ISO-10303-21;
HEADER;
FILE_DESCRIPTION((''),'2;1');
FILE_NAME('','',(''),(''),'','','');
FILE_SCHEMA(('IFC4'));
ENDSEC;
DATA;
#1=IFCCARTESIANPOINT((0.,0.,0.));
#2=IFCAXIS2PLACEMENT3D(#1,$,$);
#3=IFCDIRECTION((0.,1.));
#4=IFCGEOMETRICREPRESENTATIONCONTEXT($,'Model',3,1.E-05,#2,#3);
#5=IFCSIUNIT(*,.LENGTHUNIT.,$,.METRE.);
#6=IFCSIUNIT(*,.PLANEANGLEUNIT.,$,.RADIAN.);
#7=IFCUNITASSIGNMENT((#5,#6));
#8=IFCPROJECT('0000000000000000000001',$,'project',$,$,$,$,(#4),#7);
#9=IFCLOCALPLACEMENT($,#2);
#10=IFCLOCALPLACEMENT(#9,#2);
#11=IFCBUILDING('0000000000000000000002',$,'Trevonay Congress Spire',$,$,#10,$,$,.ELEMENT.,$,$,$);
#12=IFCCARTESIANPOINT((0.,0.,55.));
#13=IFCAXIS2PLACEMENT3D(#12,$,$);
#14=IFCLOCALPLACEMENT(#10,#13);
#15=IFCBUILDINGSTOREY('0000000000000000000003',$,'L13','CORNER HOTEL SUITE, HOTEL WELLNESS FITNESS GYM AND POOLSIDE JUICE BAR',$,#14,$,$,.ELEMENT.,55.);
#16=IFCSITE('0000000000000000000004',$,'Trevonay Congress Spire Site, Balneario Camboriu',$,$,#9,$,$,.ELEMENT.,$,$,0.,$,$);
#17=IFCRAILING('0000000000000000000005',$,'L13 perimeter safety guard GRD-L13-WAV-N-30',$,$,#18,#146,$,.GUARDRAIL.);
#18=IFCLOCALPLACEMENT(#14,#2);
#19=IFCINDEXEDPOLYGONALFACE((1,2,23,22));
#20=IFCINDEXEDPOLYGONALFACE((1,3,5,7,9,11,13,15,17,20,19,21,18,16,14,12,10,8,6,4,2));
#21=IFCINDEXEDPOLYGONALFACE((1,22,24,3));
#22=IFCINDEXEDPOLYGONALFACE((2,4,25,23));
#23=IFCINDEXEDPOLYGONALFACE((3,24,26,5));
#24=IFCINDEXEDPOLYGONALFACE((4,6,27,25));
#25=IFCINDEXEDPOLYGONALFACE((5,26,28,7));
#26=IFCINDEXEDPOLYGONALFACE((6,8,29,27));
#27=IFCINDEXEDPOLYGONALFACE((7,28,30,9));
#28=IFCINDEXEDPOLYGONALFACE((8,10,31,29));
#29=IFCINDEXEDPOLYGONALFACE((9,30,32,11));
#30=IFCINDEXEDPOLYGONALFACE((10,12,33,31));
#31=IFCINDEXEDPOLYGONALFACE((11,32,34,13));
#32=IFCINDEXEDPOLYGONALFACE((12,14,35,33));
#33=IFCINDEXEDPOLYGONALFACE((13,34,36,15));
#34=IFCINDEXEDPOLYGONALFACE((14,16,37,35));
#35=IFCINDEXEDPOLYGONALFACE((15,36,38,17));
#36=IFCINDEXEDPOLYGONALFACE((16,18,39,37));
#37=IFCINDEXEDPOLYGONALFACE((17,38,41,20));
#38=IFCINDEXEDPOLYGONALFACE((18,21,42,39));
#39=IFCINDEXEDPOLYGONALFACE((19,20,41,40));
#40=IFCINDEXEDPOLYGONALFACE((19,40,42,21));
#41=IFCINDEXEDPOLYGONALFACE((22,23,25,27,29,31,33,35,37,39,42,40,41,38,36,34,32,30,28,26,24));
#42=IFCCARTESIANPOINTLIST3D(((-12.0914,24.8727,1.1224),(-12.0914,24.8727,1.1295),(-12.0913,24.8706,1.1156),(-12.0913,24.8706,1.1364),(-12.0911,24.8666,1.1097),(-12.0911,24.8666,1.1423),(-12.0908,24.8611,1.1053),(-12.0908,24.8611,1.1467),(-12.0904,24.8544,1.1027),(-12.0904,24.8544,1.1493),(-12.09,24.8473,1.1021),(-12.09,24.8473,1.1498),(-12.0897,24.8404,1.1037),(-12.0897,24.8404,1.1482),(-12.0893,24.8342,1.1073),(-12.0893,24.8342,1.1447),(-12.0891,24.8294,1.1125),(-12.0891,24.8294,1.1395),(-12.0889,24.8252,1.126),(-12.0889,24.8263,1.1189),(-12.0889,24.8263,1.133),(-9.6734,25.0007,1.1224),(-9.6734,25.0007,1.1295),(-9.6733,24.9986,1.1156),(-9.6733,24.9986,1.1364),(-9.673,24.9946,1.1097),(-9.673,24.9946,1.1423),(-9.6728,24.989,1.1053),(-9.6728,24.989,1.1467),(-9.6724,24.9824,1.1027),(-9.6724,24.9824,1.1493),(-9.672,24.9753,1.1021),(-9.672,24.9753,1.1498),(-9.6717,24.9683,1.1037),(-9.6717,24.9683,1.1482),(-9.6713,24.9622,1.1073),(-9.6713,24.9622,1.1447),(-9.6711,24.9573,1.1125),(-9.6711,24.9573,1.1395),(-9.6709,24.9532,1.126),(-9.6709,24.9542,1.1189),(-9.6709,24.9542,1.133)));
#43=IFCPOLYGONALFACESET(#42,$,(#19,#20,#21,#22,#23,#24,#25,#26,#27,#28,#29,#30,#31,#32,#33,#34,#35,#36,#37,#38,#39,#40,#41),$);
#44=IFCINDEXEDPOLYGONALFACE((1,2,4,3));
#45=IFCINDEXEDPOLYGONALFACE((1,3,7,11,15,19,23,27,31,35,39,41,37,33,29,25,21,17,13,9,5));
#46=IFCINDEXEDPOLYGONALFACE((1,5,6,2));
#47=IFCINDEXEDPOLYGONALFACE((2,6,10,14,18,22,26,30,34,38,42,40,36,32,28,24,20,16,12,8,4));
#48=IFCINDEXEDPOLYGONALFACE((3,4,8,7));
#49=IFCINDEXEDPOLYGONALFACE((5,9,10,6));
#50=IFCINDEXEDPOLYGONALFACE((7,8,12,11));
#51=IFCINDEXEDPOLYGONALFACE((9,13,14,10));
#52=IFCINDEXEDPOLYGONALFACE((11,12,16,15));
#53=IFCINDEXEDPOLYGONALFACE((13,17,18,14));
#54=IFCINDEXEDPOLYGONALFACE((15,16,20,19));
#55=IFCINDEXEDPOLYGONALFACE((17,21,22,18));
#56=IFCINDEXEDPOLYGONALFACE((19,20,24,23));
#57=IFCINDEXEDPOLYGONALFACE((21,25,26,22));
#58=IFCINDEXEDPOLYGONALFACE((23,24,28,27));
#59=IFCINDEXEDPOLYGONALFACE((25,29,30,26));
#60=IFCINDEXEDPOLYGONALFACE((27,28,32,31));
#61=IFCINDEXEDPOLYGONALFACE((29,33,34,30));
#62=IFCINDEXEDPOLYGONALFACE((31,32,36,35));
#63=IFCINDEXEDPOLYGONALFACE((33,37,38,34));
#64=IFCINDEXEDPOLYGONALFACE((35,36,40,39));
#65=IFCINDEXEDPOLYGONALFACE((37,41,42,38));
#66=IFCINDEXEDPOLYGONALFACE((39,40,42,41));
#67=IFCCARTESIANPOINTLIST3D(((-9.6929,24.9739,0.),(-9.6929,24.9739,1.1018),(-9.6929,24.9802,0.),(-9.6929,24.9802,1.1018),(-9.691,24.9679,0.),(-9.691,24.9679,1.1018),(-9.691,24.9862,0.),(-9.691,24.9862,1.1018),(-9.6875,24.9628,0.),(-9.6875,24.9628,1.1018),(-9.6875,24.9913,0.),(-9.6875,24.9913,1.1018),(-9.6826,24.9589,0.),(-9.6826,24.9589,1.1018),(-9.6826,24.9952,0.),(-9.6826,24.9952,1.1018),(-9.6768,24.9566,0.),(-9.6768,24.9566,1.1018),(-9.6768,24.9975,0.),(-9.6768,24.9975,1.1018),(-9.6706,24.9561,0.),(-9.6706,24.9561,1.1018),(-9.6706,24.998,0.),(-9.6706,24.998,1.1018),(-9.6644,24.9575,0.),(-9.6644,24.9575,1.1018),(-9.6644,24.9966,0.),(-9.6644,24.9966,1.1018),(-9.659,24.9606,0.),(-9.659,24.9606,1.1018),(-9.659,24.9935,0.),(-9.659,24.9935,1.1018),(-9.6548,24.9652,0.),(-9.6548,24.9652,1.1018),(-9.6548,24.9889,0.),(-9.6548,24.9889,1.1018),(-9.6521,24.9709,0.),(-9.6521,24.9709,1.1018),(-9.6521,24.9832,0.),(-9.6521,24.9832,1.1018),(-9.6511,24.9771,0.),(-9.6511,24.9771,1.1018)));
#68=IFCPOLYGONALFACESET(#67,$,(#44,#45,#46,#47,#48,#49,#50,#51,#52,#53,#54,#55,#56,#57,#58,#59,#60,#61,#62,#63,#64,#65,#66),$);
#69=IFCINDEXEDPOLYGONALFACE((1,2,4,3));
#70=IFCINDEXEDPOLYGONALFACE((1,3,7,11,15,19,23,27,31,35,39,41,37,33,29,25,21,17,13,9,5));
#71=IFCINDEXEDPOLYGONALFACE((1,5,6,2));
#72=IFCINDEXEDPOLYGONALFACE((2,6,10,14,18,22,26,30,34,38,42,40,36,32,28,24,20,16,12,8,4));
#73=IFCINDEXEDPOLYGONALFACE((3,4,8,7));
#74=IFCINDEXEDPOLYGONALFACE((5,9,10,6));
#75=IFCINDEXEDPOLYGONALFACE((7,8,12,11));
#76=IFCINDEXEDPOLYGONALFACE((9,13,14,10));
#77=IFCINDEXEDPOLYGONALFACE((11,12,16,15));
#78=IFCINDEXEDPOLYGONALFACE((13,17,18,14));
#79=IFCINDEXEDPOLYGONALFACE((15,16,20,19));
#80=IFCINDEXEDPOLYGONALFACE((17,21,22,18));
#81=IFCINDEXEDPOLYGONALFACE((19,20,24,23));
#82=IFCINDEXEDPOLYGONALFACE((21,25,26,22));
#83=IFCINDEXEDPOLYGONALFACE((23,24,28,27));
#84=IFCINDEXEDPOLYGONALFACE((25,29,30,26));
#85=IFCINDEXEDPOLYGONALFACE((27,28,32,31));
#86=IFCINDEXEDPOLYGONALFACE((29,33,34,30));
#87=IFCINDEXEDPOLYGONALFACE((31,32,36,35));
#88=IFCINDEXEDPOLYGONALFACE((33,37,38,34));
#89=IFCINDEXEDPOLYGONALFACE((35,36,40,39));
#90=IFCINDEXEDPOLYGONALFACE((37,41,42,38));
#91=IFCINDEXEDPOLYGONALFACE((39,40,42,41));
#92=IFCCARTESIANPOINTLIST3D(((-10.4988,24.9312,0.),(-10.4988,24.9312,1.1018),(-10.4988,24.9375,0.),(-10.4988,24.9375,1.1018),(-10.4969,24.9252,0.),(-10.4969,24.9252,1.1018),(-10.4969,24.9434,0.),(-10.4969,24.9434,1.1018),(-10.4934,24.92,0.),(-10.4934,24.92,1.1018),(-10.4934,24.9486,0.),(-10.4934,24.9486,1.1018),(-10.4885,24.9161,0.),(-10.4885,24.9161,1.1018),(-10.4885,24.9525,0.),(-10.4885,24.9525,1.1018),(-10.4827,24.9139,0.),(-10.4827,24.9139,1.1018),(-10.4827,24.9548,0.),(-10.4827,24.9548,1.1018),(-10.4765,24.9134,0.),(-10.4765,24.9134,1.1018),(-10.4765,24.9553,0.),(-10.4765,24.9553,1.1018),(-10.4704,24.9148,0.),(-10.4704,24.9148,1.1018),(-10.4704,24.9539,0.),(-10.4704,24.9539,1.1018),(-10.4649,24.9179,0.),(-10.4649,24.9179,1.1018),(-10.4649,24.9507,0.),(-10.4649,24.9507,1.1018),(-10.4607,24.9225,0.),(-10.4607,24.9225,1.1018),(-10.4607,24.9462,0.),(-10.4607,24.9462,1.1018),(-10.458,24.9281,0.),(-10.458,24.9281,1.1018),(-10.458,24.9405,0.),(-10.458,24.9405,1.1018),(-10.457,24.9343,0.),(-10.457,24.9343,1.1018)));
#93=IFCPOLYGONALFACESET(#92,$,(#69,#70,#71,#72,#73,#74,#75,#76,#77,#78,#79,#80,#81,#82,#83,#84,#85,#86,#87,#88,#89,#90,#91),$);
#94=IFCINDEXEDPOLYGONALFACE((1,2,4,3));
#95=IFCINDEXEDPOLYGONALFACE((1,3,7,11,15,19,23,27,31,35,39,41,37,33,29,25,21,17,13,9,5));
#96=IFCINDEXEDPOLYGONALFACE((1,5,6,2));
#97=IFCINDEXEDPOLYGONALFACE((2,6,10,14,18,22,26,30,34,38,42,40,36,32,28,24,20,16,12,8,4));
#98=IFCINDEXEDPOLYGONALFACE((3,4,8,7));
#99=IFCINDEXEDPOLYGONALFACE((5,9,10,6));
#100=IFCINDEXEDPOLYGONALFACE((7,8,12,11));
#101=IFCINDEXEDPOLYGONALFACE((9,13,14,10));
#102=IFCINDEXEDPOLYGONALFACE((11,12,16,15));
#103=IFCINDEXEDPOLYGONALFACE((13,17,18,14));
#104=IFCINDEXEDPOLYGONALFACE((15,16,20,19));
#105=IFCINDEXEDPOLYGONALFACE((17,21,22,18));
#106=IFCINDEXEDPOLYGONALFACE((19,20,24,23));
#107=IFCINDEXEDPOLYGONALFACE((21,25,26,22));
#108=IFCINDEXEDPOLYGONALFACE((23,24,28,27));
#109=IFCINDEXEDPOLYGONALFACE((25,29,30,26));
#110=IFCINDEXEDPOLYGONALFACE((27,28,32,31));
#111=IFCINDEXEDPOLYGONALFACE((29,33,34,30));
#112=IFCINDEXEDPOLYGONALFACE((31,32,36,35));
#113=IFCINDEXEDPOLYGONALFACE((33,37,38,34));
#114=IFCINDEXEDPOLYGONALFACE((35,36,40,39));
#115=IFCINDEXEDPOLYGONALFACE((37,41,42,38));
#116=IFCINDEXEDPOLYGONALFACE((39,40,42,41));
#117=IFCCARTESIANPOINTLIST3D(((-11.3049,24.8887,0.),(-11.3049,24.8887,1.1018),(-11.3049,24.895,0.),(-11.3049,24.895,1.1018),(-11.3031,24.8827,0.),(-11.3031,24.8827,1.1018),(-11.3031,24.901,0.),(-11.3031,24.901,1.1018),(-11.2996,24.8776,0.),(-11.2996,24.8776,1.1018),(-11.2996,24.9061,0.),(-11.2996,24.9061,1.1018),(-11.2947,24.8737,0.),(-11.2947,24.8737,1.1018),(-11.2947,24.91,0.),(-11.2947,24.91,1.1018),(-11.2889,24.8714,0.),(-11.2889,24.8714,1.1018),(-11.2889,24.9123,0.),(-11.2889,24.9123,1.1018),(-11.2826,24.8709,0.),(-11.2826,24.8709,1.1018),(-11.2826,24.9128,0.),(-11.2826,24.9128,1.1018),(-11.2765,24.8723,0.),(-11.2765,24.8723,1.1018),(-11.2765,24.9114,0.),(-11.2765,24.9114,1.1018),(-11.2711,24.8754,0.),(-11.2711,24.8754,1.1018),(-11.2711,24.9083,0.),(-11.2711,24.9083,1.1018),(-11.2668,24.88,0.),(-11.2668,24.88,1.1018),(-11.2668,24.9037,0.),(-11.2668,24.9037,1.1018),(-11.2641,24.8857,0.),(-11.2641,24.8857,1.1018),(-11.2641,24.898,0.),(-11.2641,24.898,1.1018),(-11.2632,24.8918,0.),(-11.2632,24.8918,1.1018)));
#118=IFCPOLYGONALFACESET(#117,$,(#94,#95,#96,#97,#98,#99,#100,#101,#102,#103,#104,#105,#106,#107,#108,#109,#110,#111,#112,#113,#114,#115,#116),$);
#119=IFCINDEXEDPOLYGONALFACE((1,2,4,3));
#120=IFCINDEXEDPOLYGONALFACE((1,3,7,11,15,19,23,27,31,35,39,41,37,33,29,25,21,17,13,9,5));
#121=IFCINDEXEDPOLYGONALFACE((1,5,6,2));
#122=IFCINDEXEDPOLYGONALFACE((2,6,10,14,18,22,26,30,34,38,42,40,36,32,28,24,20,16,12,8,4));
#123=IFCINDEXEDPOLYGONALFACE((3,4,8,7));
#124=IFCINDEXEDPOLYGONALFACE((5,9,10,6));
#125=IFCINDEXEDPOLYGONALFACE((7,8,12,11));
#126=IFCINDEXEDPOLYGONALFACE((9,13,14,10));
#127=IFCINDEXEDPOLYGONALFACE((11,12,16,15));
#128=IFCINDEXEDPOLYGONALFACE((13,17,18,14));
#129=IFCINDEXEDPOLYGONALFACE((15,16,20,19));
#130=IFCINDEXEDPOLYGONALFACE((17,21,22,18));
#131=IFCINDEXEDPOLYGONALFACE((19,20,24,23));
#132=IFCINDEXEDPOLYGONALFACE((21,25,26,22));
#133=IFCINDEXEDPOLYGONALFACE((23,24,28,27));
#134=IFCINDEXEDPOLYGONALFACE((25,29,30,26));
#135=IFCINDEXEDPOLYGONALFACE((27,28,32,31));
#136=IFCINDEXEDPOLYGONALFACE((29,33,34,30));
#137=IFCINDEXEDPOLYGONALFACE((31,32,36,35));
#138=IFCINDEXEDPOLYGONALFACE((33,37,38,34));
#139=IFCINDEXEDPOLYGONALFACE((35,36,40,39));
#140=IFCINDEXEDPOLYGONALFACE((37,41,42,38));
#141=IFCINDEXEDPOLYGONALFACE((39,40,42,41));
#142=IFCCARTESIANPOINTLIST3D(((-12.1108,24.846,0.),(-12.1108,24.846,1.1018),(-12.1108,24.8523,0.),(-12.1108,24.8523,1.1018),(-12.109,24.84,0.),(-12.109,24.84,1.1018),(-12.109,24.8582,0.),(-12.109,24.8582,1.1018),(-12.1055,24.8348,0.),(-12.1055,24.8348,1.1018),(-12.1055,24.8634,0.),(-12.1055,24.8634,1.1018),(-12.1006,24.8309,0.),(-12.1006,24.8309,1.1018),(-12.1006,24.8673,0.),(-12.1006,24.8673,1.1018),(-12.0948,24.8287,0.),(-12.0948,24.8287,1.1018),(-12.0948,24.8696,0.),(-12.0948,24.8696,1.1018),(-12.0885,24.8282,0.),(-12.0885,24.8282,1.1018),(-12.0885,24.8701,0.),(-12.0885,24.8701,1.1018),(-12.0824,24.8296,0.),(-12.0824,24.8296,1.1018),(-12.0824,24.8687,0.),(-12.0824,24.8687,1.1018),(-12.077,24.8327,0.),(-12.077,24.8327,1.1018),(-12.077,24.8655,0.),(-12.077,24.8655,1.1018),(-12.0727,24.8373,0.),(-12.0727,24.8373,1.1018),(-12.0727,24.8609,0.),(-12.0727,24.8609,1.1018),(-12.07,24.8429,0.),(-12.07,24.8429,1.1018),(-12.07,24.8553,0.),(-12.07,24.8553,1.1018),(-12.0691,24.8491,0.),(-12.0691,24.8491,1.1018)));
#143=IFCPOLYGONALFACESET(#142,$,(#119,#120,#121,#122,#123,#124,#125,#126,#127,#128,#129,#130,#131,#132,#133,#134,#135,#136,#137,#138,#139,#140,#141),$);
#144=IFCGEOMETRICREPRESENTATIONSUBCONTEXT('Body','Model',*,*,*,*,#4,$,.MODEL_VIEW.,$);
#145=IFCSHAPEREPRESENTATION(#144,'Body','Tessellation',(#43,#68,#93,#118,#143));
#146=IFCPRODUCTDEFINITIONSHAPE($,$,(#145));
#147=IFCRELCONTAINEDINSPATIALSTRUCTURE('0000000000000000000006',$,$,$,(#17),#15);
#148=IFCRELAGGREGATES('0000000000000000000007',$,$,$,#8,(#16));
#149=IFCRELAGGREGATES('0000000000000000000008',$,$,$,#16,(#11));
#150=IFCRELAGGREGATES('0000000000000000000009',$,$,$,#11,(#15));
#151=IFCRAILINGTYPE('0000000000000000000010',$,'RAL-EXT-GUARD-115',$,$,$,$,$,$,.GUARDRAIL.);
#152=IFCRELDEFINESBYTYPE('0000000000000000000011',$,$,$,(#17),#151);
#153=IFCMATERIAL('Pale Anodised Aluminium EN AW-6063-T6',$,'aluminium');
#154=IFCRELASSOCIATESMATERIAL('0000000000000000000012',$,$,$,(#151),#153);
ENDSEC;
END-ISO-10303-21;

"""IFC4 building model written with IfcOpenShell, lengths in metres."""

from ifc_helpers import new_model, si_unit, direction, frame, origin, origin_2d, place, context, subcontext, project, spatial, circle, extrude, material, type_object, element, save


model = new_model("IFC4")

# Units and contexts
model_context = context("Model", 3, precision=1e-05, world=origin(), true_north=direction((0.0, 1.0)))
body_context = subcontext(model_context, "Body", "Model", "MODEL_VIEW")
ifc_project = project(units=[si_unit("LENGTHUNIT", "METRE"), si_unit("PLANEANGLEUNIT", "RADIAN")], contexts=[model_context])

# Site, building, storey
site_placement = place(None, origin())
site = spatial("IfcSite", under=ifc_project, at=site_placement, Name="Trevonay Congress Spire Site, Balneario Camboriu", CompositionType="ELEMENT", RefElevation=0.0)
building_placement = place(site_placement, origin())
building = spatial("IfcBuilding", under=site, at=building_placement, Name="Trevonay Congress Spire", CompositionType="ELEMENT")
storey_placement = place(building_placement, frame((0.0, 0.0, 55.0)))
storey = spatial("IfcBuildingStorey", under=building, at=storey_placement, Name="L13", Description="CORNER HOTEL SUITE, HOTEL WELLNESS FITNESS GYM AND POOLSIDE JUICE BAR", CompositionType="ELEMENT", Elevation=55.0)

# Shared definitions
ifc_material_1 = material(Name="Pale Anodised Aluminium EN AW-6063-T6", Category="aluminium")

# Railing
railing_type = type_object("IfcRailingType", Name="RAL-EXT-GUARD-115", PredefinedType="GUARDRAIL", material=ifc_material_1)
railing_1_placement = place(storey_placement, frame((-9.6721, 24.9771, 0.0)))
element("IfcRailing", 1, at=railing_1_placement, inside=storey, type_object=railing_type, Name="L13 perimeter safety guard GRD-L13-WAV-N-30", PredefinedType="GUARDRAIL", context=body_context, shape_type="SweptSolid", body=[
    extrude(circle(Radius=0.0239, at=origin_2d()), frame((0.0, 0.0, 1.126), z_axis=(-0.998603, -0.052834, 0.0), x_axis=(0.052834, -0.998603, 0.0)), (0.0, 0.0, 1.0), 2.4214),
    extrude(circle(Radius=0.021, at=origin_2d()), origin(), (0.0, 0.0, 1.0), 1.1018),
    extrude(circle(Radius=0.021, at=origin_2d()), frame((-0.8059, -0.0427, 0.0)), (0.0, 0.0, 1.0), 1.1018),
    extrude(circle(Radius=0.021, at=origin_2d()), frame((-1.6121, -0.0852, 0.0)), (0.0, 0.0, 1.0), 1.1018),
    extrude(circle(Radius=0.021, at=origin_2d()), frame((-2.418, -0.1279, 0.0)), (0.0, 0.0, 1.0), 1.1018),
])

save(model, "model.ifc")
